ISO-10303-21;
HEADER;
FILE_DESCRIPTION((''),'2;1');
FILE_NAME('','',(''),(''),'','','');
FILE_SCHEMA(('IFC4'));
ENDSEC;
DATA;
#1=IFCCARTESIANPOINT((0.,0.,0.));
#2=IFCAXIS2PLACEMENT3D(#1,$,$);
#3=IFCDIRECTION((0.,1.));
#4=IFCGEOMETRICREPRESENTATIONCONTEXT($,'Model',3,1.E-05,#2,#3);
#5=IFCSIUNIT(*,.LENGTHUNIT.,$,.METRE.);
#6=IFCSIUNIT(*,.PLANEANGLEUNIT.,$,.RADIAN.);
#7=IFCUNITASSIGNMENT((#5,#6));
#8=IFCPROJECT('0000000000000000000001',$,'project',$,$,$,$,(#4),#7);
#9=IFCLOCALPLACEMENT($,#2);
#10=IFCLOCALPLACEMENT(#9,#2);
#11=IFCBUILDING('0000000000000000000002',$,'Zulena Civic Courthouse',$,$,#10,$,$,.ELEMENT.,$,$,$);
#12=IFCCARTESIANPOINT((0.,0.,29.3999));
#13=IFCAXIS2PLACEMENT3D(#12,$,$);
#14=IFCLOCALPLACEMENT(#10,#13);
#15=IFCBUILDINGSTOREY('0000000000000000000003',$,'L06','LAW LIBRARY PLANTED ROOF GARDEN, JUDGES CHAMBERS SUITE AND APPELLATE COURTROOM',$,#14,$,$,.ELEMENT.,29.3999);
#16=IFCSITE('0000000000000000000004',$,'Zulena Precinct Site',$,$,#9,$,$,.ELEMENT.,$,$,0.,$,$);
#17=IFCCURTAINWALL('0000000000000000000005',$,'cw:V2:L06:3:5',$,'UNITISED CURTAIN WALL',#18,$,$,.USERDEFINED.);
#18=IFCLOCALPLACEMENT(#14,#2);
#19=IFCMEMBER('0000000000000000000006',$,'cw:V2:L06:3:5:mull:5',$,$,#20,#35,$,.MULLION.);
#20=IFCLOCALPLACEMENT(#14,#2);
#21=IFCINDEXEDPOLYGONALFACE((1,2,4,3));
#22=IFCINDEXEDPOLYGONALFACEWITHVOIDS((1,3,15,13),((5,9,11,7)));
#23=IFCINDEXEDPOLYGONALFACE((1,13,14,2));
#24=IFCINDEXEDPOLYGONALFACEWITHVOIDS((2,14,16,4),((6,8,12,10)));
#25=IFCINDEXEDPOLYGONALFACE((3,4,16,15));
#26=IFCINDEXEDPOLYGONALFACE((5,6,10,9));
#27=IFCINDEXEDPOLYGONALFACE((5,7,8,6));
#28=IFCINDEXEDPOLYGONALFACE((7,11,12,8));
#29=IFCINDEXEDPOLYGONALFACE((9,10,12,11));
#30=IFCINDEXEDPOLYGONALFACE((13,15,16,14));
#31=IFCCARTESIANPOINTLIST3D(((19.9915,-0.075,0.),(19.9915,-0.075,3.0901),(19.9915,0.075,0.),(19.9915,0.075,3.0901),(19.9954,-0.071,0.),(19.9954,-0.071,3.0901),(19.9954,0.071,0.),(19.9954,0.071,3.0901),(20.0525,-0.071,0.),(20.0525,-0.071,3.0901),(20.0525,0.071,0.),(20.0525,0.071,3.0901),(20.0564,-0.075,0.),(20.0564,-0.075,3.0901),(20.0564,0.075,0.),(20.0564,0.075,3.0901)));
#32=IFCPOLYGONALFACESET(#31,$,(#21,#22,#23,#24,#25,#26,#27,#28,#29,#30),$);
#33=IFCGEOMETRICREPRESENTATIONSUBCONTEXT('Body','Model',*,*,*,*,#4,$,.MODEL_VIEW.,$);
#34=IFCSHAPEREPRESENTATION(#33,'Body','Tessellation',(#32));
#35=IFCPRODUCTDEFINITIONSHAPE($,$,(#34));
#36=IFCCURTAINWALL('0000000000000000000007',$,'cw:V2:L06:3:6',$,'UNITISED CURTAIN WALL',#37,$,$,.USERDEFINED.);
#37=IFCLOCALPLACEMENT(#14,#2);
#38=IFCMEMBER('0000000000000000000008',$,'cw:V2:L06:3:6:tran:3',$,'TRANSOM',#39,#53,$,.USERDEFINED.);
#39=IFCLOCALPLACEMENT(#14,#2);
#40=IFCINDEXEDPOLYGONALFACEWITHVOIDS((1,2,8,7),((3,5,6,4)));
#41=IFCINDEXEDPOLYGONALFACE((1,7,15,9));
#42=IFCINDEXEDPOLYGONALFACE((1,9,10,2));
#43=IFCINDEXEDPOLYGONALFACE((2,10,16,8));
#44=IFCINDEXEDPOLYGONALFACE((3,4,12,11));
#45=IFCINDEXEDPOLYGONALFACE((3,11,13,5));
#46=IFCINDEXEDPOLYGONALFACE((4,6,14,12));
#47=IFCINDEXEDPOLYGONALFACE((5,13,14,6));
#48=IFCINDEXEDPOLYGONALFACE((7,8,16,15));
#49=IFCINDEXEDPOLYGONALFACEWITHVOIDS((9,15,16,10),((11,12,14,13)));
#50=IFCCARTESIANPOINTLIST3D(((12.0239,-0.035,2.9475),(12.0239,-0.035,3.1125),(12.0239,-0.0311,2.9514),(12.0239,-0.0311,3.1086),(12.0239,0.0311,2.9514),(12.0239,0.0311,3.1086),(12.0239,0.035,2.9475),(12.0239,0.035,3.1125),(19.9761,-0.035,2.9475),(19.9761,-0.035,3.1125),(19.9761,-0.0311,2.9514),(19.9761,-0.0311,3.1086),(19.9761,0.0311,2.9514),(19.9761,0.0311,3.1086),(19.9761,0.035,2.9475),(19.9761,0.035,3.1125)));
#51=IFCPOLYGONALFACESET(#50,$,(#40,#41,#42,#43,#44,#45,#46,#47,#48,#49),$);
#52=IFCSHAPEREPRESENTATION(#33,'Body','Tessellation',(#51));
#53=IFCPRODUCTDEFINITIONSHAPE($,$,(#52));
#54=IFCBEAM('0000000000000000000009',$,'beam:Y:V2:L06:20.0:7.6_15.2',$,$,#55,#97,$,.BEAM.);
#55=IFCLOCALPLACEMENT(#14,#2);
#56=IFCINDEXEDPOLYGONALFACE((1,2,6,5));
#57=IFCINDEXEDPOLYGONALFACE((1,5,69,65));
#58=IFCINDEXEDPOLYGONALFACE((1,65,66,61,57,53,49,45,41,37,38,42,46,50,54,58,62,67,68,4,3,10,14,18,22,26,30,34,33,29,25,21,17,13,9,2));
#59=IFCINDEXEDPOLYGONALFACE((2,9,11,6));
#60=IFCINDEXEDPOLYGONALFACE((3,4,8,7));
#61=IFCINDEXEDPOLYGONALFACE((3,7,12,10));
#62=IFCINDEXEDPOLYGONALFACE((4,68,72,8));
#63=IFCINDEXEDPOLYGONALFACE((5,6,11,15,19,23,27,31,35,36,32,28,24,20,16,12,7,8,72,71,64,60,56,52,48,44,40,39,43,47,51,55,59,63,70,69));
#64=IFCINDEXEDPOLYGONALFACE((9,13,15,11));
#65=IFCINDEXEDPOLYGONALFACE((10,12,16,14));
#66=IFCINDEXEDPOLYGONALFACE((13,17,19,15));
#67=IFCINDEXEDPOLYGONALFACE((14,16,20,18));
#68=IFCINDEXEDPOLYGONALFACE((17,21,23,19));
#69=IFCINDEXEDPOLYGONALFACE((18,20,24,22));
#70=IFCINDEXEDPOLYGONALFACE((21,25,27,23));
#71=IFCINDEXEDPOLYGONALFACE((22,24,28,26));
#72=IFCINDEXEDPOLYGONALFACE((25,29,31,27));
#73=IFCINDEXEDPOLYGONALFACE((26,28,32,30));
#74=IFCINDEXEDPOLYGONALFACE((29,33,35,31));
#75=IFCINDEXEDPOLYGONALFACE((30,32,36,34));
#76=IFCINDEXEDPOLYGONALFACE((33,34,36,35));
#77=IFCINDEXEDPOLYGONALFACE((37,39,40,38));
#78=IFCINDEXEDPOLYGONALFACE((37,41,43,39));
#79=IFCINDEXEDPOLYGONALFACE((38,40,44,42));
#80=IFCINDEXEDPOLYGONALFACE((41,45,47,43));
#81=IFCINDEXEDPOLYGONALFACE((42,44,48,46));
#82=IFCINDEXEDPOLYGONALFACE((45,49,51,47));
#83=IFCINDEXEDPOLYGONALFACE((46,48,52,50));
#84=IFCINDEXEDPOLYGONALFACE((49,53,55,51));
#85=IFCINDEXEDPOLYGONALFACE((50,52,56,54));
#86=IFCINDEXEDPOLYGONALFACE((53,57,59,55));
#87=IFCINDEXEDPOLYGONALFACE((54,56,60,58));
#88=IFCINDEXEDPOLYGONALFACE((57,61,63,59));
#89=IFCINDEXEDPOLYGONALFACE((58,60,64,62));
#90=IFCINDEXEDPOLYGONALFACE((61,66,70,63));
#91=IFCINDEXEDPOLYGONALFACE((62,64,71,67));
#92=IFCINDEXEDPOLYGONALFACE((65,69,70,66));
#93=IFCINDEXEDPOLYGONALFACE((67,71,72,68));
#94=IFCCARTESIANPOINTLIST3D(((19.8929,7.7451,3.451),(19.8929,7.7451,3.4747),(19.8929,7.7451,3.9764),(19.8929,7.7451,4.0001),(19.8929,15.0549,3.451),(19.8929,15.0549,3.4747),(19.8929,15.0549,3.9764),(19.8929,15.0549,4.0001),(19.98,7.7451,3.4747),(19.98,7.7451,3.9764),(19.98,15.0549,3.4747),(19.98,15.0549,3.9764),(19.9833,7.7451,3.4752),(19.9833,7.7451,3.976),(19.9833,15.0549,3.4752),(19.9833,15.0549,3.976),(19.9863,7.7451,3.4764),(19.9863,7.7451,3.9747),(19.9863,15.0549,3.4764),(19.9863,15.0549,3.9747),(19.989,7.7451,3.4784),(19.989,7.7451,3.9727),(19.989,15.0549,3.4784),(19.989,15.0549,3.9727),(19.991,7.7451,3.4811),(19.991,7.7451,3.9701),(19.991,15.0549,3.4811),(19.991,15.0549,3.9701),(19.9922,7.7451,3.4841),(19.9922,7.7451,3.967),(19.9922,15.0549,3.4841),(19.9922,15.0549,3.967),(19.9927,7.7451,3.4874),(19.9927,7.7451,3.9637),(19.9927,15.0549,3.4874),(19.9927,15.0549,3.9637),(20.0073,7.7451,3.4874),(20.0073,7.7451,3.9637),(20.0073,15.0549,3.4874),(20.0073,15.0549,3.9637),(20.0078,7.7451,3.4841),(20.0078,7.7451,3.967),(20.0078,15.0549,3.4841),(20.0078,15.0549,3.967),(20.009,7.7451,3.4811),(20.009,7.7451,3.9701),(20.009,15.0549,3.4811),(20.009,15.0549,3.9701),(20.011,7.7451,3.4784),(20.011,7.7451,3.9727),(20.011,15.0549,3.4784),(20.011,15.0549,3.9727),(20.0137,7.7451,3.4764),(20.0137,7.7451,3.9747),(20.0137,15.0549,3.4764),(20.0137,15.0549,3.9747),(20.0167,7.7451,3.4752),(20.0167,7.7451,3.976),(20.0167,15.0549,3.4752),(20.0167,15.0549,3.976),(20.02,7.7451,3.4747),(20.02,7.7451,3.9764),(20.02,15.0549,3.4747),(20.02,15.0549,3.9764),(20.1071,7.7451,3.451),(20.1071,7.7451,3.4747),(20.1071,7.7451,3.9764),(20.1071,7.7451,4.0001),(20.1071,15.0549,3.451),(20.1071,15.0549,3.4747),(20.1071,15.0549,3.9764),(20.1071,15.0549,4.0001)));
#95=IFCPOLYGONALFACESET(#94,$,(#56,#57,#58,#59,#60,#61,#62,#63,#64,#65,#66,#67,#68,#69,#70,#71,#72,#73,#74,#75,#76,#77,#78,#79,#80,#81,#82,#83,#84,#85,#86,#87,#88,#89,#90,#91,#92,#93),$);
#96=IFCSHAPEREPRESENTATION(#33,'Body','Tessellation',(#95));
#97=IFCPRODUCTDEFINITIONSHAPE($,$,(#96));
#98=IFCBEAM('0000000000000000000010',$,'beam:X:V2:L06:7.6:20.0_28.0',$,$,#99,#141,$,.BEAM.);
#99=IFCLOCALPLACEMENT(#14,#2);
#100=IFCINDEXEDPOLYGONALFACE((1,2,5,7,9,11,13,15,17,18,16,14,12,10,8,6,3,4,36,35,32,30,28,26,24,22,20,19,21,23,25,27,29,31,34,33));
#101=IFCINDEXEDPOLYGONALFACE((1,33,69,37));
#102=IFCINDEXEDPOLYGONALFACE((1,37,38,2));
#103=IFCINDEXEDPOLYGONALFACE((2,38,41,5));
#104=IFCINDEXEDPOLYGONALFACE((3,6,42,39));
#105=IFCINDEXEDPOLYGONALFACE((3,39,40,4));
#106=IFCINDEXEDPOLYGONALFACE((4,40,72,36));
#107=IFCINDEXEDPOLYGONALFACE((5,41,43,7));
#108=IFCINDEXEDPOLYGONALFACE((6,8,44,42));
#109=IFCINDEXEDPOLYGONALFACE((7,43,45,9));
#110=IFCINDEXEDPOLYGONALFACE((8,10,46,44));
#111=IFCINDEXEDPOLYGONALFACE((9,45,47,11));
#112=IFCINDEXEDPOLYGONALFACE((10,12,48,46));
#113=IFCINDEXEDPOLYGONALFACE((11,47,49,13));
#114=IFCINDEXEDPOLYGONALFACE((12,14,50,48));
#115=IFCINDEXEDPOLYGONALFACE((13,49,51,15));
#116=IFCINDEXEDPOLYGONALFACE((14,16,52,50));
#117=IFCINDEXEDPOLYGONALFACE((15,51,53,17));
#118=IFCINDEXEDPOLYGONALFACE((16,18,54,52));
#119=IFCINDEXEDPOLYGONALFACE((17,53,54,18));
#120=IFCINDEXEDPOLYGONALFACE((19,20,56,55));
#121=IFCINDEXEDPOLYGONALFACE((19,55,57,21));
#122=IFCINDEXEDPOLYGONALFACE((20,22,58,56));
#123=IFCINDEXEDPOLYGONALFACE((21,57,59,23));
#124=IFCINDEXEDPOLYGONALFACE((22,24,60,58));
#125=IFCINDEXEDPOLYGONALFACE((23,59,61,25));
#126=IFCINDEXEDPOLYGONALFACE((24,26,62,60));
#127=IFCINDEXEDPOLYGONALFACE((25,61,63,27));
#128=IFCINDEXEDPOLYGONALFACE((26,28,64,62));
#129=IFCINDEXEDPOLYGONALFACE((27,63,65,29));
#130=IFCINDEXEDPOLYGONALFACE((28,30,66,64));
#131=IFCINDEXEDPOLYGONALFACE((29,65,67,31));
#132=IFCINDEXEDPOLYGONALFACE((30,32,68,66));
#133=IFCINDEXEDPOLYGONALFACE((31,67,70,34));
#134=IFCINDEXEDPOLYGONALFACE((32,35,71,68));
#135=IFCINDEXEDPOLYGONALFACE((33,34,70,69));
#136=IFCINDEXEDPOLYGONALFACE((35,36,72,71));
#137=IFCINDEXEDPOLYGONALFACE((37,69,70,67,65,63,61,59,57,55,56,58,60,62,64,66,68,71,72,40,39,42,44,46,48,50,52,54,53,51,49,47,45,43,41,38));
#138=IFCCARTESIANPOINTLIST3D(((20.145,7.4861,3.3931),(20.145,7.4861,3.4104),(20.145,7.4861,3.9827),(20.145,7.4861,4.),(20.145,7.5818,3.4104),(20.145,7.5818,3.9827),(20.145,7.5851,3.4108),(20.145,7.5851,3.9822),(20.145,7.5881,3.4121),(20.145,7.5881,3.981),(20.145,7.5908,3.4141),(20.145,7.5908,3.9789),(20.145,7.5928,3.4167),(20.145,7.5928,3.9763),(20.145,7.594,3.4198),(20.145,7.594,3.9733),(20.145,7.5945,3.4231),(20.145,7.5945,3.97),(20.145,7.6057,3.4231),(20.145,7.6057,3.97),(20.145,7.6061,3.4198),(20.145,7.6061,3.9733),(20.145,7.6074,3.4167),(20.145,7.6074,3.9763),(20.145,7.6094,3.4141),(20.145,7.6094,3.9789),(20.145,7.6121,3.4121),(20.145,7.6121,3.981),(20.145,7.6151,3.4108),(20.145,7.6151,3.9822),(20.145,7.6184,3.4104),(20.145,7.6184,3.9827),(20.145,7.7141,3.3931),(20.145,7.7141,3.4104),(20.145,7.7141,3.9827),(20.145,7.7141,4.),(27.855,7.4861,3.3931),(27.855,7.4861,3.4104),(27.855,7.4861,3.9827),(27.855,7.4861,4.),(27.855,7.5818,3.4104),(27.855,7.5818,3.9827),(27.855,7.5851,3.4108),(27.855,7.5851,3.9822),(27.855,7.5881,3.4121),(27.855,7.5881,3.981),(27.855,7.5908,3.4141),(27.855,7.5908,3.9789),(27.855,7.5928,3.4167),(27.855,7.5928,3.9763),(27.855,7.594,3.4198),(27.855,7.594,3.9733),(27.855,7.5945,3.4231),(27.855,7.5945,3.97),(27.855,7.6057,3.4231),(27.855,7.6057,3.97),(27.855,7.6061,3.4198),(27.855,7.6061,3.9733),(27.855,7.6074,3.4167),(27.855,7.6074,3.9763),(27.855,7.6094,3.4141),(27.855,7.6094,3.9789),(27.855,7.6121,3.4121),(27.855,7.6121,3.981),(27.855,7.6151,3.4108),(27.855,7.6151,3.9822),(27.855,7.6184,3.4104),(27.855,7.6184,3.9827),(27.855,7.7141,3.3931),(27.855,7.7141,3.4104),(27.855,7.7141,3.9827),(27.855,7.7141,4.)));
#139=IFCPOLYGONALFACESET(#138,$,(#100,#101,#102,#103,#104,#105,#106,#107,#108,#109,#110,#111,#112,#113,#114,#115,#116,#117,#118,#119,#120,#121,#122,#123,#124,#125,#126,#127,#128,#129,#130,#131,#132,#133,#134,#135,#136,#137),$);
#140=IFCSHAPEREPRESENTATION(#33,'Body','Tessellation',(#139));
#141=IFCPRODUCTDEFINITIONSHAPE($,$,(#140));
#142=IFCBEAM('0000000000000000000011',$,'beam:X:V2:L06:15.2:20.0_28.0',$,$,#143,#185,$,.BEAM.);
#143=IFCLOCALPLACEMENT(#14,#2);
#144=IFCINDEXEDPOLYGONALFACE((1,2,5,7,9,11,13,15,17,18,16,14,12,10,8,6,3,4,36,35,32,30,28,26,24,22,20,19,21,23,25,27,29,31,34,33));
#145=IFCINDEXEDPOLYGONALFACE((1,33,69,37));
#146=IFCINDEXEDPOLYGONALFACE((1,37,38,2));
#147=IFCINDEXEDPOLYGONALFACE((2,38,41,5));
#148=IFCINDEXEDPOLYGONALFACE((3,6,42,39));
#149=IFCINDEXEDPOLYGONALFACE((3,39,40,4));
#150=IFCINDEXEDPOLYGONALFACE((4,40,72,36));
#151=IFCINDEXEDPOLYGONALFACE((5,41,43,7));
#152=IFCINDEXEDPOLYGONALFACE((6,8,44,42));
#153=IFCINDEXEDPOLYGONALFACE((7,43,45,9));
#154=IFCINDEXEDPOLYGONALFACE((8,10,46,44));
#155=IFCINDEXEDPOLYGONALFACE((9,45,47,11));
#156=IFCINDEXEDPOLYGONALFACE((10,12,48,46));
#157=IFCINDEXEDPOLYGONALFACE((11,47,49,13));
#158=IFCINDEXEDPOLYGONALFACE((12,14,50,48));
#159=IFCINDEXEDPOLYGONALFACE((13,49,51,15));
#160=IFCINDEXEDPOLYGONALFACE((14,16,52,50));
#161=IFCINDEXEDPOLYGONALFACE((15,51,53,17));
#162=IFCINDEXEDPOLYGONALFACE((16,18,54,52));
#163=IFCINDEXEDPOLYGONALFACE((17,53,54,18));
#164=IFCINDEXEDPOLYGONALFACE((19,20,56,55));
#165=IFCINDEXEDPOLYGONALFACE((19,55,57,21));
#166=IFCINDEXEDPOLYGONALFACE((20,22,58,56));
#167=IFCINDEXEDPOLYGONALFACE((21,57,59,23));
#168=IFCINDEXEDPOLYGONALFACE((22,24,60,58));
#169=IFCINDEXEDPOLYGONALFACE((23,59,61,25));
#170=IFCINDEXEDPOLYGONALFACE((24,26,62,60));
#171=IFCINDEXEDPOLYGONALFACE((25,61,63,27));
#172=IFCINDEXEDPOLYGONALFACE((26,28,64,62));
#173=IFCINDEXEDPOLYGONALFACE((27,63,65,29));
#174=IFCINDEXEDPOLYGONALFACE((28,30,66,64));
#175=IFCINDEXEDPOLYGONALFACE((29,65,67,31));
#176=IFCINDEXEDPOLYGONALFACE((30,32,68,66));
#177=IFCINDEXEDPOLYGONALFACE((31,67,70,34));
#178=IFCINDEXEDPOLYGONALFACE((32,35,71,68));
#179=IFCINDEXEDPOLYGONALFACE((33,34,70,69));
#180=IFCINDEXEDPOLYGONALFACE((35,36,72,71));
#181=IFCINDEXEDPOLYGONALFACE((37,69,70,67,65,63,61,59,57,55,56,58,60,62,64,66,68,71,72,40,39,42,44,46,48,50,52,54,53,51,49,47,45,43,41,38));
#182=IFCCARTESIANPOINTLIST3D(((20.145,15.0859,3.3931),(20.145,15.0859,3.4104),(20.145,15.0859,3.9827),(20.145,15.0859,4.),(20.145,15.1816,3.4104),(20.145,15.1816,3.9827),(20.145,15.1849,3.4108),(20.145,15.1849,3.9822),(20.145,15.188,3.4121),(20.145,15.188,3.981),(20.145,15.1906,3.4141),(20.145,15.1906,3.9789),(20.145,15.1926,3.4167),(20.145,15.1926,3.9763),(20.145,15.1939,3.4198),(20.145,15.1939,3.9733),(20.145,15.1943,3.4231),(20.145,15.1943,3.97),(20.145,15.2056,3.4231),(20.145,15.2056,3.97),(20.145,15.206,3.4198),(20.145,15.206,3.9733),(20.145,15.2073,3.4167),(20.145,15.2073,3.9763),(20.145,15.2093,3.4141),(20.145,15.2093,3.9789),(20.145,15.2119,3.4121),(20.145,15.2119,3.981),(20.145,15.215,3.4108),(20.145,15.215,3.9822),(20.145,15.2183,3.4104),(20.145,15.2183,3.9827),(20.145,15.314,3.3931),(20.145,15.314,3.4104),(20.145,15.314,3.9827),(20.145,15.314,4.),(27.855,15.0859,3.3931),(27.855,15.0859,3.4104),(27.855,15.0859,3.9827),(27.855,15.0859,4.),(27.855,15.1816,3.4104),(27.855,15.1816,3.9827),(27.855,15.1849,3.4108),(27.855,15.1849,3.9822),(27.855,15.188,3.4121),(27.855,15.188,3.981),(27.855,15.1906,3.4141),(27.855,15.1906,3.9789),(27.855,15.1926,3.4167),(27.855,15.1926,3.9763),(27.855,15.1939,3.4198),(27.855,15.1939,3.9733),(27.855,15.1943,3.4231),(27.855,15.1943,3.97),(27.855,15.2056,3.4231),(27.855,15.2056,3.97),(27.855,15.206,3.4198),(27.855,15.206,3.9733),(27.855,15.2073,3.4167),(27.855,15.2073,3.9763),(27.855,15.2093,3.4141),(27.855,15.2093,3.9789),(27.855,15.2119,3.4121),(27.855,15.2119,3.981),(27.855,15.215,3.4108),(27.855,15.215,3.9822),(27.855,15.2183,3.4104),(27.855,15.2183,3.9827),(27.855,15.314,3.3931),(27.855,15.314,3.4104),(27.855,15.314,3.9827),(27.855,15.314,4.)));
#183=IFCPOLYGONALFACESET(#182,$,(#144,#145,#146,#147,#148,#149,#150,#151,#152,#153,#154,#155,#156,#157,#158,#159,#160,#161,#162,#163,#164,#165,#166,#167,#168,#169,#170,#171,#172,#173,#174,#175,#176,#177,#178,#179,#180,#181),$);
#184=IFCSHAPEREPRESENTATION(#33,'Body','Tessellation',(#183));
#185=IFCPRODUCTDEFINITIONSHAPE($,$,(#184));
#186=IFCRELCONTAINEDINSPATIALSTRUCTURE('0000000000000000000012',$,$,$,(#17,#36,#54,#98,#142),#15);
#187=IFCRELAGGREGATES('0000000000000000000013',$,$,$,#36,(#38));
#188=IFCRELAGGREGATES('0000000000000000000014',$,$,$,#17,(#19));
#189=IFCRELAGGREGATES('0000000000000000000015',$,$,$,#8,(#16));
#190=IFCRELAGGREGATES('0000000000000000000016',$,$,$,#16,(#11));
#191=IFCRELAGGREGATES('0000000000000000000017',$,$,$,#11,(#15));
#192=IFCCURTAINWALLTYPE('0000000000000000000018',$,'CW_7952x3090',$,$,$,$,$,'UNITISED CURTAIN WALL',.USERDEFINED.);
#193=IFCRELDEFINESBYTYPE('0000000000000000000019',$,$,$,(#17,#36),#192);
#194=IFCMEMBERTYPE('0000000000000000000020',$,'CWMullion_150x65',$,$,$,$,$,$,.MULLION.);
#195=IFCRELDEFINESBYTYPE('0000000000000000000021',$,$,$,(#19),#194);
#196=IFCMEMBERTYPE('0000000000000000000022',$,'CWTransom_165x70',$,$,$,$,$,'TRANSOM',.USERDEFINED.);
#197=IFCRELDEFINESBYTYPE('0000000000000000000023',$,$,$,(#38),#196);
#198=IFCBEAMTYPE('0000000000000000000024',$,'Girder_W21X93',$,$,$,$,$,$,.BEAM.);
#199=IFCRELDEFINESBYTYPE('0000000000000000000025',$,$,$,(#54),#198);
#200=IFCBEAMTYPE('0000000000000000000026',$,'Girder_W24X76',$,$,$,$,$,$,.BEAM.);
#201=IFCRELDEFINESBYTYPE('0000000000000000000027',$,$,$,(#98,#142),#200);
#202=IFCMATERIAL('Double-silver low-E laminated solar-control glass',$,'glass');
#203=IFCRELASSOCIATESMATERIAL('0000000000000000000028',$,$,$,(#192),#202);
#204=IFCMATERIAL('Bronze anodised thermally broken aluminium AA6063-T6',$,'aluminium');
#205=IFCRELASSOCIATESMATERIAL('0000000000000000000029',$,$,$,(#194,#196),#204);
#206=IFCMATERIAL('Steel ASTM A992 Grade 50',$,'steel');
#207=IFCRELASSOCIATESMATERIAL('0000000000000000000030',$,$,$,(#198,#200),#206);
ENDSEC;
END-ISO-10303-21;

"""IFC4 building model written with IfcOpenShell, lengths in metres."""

from ifc_helpers import new_model, si_unit, direction, frame, origin, origin_2d, place, context, subcontext, project, spatial, hollow_rectangle, i_section, extrude, material, material_profile, profile_set, type_object, element, aggregate, save


model = new_model("IFC4")

# Units and contexts
model_context = context("Model", 3, precision=1e-05, world=origin(), true_north=direction((0.0, 1.0)))
body_context = subcontext(model_context, "Body", "Model", "MODEL_VIEW")
ifc_project = project(units=[si_unit("LENGTHUNIT", "METRE"), si_unit("PLANEANGLEUNIT", "RADIAN")], contexts=[model_context])

# Site, building, storey
site_placement = place(None, origin())
site = spatial("IfcSite", under=ifc_project, at=site_placement, Name="Zulena Precinct Site", CompositionType="ELEMENT", RefElevation=0.0)
building_placement = place(site_placement, origin())
building = spatial("IfcBuilding", under=site, at=building_placement, Name="Zulena Civic Courthouse", CompositionType="ELEMENT")
storey_placement = place(building_placement, frame((0.0, 0.0, 29.3999)))
storey = spatial("IfcBuildingStorey", under=building, at=storey_placement, Name="L06", Description="LAW LIBRARY PLANTED ROOF GARDEN, JUDGES CHAMBERS SUITE AND APPELLATE COURTROOM", CompositionType="ELEMENT", Elevation=29.3999)

# Shared definitions
ifc_material_1 = material(Name="Steel ASTM A992 Grade 50", Category="steel")

# Curtain wall, member
ifc_material_2 = material(Name="Double-silver low-E laminated solar-control glass", Category="glass")
curtain_wall_type = type_object("IfcCurtainWallType", Name="CW_7952x3090", ElementType="UNITISED CURTAIN WALL", PredefinedType="USERDEFINED", material=ifc_material_2)
curtain_wall_1_placement = place(storey_placement, origin())
curtain_wall_1 = element("IfcCurtainWall", 1, at=curtain_wall_1_placement, inside=storey, type_object=curtain_wall_type, Name="cw:V2:L06:3:5", ObjectType="UNITISED CURTAIN WALL", PredefinedType="USERDEFINED")
ifc_material_3 = material(Name="Bronze anodised thermally broken aluminium AA6063-T6", Category="aluminium")
ifc_material_profile_1 = material_profile(ifc_material_3, hollow_rectangle(XDim=0.0649, YDim=0.1499, WallThickness=0.0039, at=origin_2d()), Name="CWM150X65X4")
ifc_profile_set_1 = profile_set([ifc_material_profile_1], Name="Bronze anodised thermally broken aluminium AA6063-T6")
member_type_1 = type_object("IfcMemberType", Name="CWMullion_150x65", PredefinedType="MULLION", material=ifc_profile_set_1)
member_1_placement = place(storey_placement, frame((20.0239, 0.0, 0.0), z_axis=(0.0, 0.0, 1.0), x_axis=(1.0, 0.0, 0.0)))
member_1 = element("IfcMember", 2, at=member_1_placement, type_object=member_type_1, Name="cw:V2:L06:3:5:mull:5", PredefinedType="MULLION", context=body_context, shape_type="SweptSolid", body=[
    extrude(hollow_rectangle(XDim=0.0649, YDim=0.1499, WallThickness=0.0039, at=origin_2d()), origin(), (0.0, 0.0, 1.0), 3.0901),
])

# Curtain wall, member
curtain_wall_2_placement = place(storey_placement, origin())
curtain_wall_2 = element("IfcCurtainWall", 3, at=curtain_wall_2_placement, inside=storey, type_object=curtain_wall_type, Name="cw:V2:L06:3:6", ObjectType="UNITISED CURTAIN WALL", PredefinedType="USERDEFINED")
ifc_material_profile_2 = material_profile(ifc_material_3, hollow_rectangle(XDim=0.0701, YDim=0.165, WallThickness=0.0039, at=origin_2d()), Name="CWT165X70X4")
ifc_profile_set_2 = profile_set([ifc_material_profile_2], Name="Bronze anodised thermally broken aluminium AA6063-T6")
member_type_2 = type_object("IfcMemberType", Name="CWTransom_165x70", ElementType="TRANSOM", PredefinedType="USERDEFINED", material=ifc_profile_set_2)
member_2_placement = place(storey_placement, frame((19.9761, 0.0, 3.03), z_axis=(-1.0, 0.0, 0.0), x_axis=(0.0, -1.0, 0.0)))
member_2 = element("IfcMember", 4, at=member_2_placement, type_object=member_type_2, Name="cw:V2:L06:3:6:tran:3", ObjectType="TRANSOM", PredefinedType="USERDEFINED", context=body_context, shape_type="SweptSolid", body=[
    extrude(hollow_rectangle(XDim=0.0701, YDim=0.165, WallThickness=0.0039, at=origin_2d()), origin(), (0.0, 0.0, 1.0), 7.9521),
])
aggregate(curtain_wall_2, [member_2])

# Beams
ifc_material_profile_3 = material_profile(ifc_material_1, i_section(OverallWidth=0.2141, OverallDepth=0.5491, WebThickness=0.0146, FlangeThickness=0.0237, FilletRadius=0.0127, at=origin_2d()), Name="W21X93")
ifc_profile_set_3 = profile_set([ifc_material_profile_3], Name="Steel ASTM A992 Grade 50")
beam_type_1 = type_object("IfcBeamType", Name="Girder_W21X93", PredefinedType="BEAM", material=ifc_profile_set_3)
beam_1_placement = place(storey_placement, frame((20.0, 7.7451, 3.7256), z_axis=(0.0, 1.0, 0.0), x_axis=(-1.0, 0.0, 0.0)))
element("IfcBeam", 5, at=beam_1_placement, inside=storey, type_object=beam_type_1, Name="beam:Y:V2:L06:20.0:7.6_15.2", PredefinedType="BEAM", context=body_context, shape_type="SweptSolid", body=[
    extrude(i_section(OverallWidth=0.2141, OverallDepth=0.5491, WebThickness=0.0146, FlangeThickness=0.0237, FilletRadius=0.0127, at=origin_2d()), origin(), (0.0, 0.0, 1.0), 7.3098),
])
ifc_material_profile_4 = material_profile(ifc_material_1, i_section(OverallWidth=0.228, OverallDepth=0.6069, WebThickness=0.0112, FlangeThickness=0.0173, FilletRadius=0.0127, at=origin_2d()), Name="W24X76")
ifc_profile_set_4 = profile_set([ifc_material_profile_4], Name="Steel ASTM A992 Grade 50")
beam_type_2 = type_object("IfcBeamType", Name="Girder_W24X76", PredefinedType="BEAM", material=ifc_profile_set_4)
for number, where, z_axis, x_axis, name in (
    (6, (20.145, 7.6001, 3.6965), (1.0, 0.0, 0.0), (0.0, 1.0, 0.0), "beam:X:V2:L06:7.6:20.0_28.0"),
    (7, (20.145, 15.2, 3.6965), (1.0, 0.0, 0.0), (0.0, 1.0, 0.0), "beam:X:V2:L06:15.2:20.0_28.0"),
):
    element("IfcBeam", number, at=place(storey_placement, frame(where, z_axis=z_axis, x_axis=x_axis)), inside=storey, type_object=beam_type_2, Name=name, PredefinedType="BEAM", context=body_context, shape_type="SweptSolid", body=[
        extrude(i_section(OverallWidth=0.228, OverallDepth=0.6069, WebThickness=0.0112, FlangeThickness=0.0173, FilletRadius=0.0127, at=origin_2d()), origin(), (0.0, 0.0, 1.0), 7.71),
    ])

aggregate(curtain_wall_1, [member_1])

save(model, "model.ifc")
